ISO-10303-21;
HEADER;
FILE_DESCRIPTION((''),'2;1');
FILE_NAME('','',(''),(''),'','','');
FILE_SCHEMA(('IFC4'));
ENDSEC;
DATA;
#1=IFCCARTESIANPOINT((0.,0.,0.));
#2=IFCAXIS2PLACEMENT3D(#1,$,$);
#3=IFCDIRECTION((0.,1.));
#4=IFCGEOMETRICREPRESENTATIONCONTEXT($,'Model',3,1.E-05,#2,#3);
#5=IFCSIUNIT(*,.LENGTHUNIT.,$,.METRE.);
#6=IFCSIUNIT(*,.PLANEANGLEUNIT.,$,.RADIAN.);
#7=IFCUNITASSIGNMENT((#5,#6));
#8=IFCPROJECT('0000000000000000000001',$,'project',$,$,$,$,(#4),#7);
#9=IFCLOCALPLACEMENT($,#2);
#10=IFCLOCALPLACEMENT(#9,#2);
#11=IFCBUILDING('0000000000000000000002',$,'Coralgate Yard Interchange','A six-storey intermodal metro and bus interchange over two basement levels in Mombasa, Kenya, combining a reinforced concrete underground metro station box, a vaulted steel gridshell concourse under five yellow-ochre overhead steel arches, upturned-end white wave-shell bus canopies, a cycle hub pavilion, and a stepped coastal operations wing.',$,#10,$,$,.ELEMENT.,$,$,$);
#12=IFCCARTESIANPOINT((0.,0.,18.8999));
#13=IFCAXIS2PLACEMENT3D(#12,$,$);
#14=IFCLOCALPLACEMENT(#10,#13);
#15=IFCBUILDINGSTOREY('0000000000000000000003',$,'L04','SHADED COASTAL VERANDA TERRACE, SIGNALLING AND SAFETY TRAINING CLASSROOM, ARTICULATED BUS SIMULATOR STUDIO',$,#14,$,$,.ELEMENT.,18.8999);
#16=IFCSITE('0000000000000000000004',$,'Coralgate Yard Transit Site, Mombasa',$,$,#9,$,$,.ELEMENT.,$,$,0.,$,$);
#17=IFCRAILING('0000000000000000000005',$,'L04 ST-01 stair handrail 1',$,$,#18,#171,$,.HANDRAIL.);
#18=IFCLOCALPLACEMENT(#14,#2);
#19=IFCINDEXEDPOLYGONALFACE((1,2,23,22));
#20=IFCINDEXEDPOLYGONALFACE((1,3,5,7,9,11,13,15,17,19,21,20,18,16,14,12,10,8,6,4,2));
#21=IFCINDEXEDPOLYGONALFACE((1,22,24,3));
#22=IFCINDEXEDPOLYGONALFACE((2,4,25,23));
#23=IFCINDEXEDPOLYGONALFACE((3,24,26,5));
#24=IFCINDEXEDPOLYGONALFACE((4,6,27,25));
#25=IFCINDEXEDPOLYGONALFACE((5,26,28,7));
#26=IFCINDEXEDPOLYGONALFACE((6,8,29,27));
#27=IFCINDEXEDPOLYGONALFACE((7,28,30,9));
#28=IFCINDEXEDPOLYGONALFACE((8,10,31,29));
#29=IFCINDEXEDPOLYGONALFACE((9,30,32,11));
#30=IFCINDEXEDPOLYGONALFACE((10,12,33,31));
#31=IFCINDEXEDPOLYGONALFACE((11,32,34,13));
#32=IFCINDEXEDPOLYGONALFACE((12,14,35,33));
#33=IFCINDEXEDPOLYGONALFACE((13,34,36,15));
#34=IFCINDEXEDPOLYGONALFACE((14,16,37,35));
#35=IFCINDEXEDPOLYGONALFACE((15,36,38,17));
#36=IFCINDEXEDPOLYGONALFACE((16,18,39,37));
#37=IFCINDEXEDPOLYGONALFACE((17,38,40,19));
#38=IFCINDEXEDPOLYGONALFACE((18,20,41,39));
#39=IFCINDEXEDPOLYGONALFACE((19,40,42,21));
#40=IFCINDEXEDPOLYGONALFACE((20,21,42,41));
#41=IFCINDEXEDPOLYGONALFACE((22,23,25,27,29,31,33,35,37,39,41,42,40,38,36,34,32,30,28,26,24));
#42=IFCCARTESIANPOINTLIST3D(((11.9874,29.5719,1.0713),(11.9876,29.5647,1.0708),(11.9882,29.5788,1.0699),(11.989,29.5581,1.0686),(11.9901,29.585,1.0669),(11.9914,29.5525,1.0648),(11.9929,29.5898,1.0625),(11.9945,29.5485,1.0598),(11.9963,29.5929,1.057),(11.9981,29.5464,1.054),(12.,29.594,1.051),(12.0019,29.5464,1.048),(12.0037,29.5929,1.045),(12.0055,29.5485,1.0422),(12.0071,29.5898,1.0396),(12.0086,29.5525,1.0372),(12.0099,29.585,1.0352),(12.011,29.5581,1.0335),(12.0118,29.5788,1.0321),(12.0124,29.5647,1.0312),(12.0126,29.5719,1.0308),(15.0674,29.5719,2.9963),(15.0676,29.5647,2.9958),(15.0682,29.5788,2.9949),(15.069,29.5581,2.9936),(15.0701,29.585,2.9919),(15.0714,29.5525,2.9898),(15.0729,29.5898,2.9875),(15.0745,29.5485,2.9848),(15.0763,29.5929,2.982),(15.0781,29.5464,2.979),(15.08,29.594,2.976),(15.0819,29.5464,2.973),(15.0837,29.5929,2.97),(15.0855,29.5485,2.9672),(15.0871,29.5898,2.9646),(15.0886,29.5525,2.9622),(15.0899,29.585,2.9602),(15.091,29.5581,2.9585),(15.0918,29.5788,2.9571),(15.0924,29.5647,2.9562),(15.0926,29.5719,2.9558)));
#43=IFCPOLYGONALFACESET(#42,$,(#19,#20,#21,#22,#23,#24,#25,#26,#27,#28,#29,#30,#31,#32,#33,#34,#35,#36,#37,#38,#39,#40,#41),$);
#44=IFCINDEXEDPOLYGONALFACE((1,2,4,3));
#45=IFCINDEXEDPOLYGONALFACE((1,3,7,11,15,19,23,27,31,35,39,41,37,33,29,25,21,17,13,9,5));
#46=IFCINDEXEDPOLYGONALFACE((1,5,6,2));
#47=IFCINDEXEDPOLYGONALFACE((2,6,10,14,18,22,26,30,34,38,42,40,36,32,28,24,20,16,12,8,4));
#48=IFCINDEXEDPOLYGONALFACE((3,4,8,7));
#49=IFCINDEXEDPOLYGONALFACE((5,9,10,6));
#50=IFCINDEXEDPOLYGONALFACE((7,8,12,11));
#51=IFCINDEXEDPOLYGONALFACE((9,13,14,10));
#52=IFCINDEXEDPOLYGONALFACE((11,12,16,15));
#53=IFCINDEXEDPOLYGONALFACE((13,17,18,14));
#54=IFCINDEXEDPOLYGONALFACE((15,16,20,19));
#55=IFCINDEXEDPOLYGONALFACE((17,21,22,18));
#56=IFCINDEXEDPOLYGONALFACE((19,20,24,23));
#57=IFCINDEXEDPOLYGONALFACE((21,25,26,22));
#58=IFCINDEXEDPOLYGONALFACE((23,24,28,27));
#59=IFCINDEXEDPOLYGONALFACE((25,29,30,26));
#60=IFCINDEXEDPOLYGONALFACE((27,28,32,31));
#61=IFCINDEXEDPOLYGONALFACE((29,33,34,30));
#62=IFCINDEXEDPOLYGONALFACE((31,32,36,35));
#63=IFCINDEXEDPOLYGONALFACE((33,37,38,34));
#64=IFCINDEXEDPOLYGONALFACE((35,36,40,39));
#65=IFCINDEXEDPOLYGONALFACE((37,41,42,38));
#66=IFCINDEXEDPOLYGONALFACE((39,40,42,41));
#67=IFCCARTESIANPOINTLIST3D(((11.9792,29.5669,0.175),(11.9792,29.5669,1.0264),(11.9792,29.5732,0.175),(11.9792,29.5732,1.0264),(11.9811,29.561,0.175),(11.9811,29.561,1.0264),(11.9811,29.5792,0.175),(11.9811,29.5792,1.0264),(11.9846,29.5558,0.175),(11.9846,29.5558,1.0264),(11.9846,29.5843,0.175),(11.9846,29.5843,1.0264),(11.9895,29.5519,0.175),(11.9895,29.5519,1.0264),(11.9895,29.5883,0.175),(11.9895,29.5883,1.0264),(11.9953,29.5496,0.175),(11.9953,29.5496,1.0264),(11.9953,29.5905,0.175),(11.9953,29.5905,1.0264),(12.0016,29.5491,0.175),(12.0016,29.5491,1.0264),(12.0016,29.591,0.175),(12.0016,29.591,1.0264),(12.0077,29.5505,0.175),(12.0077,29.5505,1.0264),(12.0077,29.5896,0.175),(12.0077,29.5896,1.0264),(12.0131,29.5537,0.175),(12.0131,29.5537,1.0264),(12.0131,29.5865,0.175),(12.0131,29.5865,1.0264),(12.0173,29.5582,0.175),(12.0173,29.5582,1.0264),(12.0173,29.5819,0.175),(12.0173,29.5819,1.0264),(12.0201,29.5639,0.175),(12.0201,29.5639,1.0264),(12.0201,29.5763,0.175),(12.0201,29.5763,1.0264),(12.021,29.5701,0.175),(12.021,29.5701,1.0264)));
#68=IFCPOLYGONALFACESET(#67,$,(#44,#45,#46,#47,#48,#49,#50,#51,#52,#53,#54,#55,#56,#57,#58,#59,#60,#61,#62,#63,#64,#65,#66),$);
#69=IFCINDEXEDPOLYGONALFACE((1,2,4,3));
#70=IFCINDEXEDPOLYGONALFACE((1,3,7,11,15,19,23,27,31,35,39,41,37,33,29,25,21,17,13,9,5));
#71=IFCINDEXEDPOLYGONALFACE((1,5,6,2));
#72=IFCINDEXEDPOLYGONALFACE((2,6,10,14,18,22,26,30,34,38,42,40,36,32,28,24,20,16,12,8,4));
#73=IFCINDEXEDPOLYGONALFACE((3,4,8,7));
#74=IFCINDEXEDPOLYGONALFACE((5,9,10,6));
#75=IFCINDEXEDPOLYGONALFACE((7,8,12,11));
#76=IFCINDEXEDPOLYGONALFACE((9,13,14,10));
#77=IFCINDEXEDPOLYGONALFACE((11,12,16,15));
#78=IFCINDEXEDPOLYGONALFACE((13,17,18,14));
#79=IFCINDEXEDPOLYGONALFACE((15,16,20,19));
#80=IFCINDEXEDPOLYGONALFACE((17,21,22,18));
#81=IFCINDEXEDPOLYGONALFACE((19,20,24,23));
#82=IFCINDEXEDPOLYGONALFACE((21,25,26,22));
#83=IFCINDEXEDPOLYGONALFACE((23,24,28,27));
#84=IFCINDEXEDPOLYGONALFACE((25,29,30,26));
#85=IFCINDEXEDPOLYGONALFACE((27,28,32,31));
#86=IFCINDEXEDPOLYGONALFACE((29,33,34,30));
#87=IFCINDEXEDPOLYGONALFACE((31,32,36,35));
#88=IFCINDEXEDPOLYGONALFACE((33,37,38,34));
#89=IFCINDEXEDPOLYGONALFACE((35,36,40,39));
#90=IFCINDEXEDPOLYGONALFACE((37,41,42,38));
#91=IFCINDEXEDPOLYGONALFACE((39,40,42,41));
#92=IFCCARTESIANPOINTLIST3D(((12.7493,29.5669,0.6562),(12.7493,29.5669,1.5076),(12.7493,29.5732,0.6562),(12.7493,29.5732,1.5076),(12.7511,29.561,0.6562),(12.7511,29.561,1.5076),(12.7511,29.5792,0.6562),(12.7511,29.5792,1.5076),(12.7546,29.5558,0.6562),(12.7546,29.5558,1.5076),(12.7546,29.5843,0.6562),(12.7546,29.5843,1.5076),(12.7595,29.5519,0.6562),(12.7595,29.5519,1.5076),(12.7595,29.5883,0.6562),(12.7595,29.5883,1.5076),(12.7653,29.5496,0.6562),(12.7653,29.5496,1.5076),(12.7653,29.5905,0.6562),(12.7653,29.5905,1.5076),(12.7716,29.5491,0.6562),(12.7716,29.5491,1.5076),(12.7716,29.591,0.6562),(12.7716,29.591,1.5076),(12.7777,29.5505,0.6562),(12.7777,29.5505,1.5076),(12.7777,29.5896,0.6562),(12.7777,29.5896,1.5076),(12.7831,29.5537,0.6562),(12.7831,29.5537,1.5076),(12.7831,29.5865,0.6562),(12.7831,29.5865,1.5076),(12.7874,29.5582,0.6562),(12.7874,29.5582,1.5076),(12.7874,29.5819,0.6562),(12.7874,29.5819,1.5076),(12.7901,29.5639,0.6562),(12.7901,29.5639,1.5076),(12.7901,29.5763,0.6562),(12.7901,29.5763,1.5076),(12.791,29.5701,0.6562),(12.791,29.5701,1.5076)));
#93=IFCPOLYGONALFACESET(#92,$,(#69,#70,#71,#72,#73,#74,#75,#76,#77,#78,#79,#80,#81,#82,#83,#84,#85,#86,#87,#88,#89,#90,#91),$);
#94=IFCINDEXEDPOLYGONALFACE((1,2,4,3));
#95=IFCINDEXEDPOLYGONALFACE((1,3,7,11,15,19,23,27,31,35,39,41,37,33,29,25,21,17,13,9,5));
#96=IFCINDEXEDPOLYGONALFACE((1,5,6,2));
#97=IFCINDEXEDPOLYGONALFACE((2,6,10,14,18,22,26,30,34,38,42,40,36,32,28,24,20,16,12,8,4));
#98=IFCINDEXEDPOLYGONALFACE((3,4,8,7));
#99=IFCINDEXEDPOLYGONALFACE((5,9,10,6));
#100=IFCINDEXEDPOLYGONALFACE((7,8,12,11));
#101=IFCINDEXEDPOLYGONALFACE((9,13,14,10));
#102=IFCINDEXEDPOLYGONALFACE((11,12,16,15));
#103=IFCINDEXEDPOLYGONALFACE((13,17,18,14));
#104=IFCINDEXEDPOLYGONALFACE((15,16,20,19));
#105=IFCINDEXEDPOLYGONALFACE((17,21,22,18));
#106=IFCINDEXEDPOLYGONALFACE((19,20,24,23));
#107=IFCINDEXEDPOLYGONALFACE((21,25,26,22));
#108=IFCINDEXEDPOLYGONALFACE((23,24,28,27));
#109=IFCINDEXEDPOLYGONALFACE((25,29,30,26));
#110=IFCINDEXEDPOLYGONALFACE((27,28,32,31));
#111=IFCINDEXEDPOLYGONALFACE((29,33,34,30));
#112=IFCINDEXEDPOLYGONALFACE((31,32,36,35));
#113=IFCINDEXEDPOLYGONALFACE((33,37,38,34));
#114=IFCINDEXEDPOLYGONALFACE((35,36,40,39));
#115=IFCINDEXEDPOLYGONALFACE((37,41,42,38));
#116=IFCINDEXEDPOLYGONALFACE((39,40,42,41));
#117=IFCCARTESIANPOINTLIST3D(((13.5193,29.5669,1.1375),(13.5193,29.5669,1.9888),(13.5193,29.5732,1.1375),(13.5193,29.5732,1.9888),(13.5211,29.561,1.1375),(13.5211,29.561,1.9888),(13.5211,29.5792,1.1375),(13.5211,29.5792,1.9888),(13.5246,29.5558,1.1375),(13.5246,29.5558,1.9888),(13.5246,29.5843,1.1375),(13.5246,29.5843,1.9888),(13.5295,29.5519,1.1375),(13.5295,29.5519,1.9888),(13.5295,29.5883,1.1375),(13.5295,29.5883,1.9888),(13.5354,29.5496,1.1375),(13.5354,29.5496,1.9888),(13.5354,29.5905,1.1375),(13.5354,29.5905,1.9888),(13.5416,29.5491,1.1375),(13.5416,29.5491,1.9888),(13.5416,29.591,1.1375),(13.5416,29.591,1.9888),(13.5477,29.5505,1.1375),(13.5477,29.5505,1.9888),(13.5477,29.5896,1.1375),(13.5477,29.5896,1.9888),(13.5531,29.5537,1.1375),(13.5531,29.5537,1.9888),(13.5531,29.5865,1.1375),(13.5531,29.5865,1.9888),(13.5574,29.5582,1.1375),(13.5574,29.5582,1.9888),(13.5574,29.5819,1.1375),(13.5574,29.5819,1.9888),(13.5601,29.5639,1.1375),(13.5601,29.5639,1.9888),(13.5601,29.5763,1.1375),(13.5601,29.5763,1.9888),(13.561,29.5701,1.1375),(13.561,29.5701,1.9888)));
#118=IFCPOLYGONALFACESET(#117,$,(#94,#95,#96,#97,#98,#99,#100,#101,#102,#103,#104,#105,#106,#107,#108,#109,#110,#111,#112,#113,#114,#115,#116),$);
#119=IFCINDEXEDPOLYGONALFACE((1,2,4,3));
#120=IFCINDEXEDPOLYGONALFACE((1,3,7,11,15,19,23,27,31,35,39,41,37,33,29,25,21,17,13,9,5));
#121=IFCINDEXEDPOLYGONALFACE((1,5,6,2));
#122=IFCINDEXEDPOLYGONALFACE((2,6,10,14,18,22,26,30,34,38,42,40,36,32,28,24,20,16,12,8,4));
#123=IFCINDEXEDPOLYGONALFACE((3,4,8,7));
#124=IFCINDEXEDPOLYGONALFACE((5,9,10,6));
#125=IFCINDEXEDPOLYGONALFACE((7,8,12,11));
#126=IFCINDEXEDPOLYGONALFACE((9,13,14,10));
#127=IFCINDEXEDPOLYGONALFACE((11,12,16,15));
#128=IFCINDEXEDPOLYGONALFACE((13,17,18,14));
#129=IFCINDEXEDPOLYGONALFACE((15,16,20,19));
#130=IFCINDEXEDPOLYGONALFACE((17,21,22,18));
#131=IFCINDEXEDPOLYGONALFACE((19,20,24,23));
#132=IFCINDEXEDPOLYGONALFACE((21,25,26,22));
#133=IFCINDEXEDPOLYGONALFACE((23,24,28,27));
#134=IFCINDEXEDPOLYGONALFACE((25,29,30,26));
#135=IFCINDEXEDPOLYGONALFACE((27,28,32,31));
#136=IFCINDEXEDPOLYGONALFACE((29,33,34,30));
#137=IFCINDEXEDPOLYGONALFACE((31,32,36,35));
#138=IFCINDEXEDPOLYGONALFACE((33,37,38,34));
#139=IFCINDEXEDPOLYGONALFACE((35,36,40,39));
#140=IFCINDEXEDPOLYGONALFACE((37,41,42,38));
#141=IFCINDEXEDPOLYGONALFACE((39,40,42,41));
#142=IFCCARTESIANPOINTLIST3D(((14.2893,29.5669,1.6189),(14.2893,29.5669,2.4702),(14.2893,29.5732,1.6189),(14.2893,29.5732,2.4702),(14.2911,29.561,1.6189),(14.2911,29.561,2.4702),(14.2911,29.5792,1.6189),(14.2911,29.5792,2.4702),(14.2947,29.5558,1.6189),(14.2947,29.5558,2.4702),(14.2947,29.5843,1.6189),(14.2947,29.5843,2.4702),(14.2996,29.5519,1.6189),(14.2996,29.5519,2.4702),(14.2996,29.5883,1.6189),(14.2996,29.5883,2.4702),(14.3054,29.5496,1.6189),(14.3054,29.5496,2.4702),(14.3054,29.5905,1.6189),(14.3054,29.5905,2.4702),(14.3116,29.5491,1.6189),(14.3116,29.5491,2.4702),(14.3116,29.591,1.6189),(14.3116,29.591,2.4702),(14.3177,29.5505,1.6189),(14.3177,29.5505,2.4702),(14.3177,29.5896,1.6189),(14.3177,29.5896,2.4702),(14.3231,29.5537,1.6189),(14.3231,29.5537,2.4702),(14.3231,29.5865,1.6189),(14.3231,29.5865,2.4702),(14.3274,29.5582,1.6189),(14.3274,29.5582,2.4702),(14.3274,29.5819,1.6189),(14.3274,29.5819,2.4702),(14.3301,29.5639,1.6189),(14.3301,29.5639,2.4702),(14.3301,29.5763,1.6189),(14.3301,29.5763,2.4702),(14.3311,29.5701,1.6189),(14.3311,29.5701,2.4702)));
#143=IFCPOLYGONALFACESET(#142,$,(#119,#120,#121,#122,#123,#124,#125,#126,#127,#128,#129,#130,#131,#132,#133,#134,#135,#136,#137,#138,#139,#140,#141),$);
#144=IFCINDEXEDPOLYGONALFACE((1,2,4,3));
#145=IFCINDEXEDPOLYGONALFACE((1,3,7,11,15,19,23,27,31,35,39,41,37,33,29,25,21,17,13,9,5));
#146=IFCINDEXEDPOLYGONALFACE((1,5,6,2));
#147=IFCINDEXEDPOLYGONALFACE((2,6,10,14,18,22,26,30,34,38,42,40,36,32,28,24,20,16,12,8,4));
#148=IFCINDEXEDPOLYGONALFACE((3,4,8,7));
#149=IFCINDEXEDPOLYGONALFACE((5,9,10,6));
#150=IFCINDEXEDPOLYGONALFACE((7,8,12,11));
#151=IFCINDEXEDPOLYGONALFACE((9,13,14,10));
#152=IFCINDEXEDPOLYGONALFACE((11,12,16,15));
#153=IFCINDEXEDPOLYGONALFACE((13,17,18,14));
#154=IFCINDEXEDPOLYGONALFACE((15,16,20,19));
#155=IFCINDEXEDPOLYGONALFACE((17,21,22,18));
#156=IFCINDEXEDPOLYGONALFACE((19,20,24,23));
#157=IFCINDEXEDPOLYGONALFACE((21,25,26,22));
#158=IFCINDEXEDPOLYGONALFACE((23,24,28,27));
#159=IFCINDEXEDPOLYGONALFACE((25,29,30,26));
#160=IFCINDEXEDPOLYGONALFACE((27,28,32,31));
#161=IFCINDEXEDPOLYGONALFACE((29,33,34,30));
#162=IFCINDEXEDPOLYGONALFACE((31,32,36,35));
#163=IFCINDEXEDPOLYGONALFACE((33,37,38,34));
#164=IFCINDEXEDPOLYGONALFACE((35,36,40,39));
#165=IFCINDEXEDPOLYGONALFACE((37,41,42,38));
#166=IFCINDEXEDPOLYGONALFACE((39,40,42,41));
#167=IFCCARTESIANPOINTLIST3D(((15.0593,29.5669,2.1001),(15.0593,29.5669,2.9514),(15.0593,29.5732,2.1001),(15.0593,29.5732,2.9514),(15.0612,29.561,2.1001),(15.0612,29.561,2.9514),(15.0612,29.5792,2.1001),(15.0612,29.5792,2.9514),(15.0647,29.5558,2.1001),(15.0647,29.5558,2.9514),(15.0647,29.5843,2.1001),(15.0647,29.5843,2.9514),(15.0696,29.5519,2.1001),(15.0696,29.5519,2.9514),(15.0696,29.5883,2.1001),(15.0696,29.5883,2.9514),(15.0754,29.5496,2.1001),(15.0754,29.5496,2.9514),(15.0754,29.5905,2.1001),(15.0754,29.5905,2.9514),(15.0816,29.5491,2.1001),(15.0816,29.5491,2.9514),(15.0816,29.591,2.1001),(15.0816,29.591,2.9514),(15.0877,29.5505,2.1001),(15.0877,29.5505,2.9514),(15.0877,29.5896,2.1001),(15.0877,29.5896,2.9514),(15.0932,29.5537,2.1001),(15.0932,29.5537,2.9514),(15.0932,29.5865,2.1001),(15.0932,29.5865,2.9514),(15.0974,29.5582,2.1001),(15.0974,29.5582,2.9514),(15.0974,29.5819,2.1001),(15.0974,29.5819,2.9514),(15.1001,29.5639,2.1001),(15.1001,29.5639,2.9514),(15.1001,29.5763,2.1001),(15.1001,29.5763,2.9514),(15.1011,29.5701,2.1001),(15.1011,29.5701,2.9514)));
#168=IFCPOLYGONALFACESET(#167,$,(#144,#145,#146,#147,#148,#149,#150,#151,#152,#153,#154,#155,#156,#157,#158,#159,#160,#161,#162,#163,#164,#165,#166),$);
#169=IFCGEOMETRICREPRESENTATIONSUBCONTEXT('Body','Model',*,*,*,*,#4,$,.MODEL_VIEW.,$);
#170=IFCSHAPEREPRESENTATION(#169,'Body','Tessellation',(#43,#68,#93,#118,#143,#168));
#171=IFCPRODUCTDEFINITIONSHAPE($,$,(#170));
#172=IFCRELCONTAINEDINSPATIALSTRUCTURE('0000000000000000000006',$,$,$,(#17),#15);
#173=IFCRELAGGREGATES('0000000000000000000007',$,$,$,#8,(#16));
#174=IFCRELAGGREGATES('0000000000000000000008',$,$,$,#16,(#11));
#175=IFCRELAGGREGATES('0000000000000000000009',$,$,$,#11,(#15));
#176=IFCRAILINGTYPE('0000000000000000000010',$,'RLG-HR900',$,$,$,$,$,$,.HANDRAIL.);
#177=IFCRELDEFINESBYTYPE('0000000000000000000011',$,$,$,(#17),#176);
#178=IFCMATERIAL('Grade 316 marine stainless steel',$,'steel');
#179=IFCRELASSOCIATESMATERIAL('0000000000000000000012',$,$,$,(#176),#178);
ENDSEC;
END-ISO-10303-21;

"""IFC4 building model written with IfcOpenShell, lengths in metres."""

from ifc_helpers import new_model, si_unit, direction, frame, origin, origin_2d, place, context, subcontext, project, spatial, circle, extrude, material, type_object, element, save


model = new_model("IFC4")

# Units and contexts
model_context = context("Model", 3, precision=1e-05, world=origin(), true_north=direction((0.0, 1.0)))
body_context = subcontext(model_context, "Body", "Model", "MODEL_VIEW")
ifc_project = project(units=[si_unit("LENGTHUNIT", "METRE"), si_unit("PLANEANGLEUNIT", "RADIAN")], contexts=[model_context])

# Site, building, storey
site_placement = place(None, origin())
site = spatial("IfcSite", under=ifc_project, at=site_placement, Name="Coralgate Yard Transit Site, Mombasa", CompositionType="ELEMENT", RefElevation=0.0)
building_placement = place(site_placement, origin())
building = spatial("IfcBuilding", under=site, at=building_placement, Name="Coralgate Yard Interchange", Description="A six-storey intermodal metro and bus interchange over two basement levels in Mombasa, Kenya, combining a reinforced concrete underground metro station box, a vaulted steel gridshell concourse under five yellow-ochre overhead steel arches, upturned-end white wave-shell bus canopies, a cycle hub pavilion, and a stepped coastal operations wing.", CompositionType="ELEMENT")
storey_placement = place(building_placement, frame((0.0, 0.0, 18.8999)))
storey = spatial("IfcBuildingStorey", under=building, at=storey_placement, Name="L04", Description="SHADED COASTAL VERANDA TERRACE, SIGNALLING AND SAFETY TRAINING CLASSROOM, ARTICULATED BUS SIMULATOR STUDIO", CompositionType="ELEMENT", Elevation=18.8999)

# Railing
ifc_material_1 = material(Name="Grade 316 marine stainless steel", Category="steel")
railing_type_1 = type_object("IfcRailingType", Name="RLG-HR900", PredefinedType="HANDRAIL", material=ifc_material_1)
railing_1_placement = place(storey_placement, frame((12.0, 29.5701, 0.175)))
element("IfcRailing", 1, at=railing_1_placement, inside=storey, type_object=railing_type_1, Name="L04 ST-01 stair handrail 1", PredefinedType="HANDRAIL", context=body_context, shape_type="SweptSolid", body=[
    extrude(circle(Radius=0.0239, at=origin_2d()), frame((0.0, 0.0, 0.876), z_axis=(0.847998, 0.0, 0.529999), x_axis=(0.0, 1.0, 0.0)), (0.0, 0.0, 1.0), 3.6321),
    extrude(circle(Radius=0.021, at=origin_2d()), origin(), (0.0, 0.0, 1.0), 0.8513),
    extrude(circle(Radius=0.021, at=origin_2d()), frame((0.77, 0.0, 0.4812)), (0.0, 0.0, 1.0), 0.8513),
    extrude(circle(Radius=0.021, at=origin_2d()), frame((1.54, 0.0, 0.9624)), (0.0, 0.0, 1.0), 0.8513),
    extrude(circle(Radius=0.021, at=origin_2d()), frame((2.3101, 0.0, 1.4438)), (0.0, 0.0, 1.0), 0.8513),
    extrude(circle(Radius=0.021, at=origin_2d()), frame((3.0801, 0.0, 1.925)), (0.0, 0.0, 1.0), 0.8513),
])

save(model, "model.ifc")
